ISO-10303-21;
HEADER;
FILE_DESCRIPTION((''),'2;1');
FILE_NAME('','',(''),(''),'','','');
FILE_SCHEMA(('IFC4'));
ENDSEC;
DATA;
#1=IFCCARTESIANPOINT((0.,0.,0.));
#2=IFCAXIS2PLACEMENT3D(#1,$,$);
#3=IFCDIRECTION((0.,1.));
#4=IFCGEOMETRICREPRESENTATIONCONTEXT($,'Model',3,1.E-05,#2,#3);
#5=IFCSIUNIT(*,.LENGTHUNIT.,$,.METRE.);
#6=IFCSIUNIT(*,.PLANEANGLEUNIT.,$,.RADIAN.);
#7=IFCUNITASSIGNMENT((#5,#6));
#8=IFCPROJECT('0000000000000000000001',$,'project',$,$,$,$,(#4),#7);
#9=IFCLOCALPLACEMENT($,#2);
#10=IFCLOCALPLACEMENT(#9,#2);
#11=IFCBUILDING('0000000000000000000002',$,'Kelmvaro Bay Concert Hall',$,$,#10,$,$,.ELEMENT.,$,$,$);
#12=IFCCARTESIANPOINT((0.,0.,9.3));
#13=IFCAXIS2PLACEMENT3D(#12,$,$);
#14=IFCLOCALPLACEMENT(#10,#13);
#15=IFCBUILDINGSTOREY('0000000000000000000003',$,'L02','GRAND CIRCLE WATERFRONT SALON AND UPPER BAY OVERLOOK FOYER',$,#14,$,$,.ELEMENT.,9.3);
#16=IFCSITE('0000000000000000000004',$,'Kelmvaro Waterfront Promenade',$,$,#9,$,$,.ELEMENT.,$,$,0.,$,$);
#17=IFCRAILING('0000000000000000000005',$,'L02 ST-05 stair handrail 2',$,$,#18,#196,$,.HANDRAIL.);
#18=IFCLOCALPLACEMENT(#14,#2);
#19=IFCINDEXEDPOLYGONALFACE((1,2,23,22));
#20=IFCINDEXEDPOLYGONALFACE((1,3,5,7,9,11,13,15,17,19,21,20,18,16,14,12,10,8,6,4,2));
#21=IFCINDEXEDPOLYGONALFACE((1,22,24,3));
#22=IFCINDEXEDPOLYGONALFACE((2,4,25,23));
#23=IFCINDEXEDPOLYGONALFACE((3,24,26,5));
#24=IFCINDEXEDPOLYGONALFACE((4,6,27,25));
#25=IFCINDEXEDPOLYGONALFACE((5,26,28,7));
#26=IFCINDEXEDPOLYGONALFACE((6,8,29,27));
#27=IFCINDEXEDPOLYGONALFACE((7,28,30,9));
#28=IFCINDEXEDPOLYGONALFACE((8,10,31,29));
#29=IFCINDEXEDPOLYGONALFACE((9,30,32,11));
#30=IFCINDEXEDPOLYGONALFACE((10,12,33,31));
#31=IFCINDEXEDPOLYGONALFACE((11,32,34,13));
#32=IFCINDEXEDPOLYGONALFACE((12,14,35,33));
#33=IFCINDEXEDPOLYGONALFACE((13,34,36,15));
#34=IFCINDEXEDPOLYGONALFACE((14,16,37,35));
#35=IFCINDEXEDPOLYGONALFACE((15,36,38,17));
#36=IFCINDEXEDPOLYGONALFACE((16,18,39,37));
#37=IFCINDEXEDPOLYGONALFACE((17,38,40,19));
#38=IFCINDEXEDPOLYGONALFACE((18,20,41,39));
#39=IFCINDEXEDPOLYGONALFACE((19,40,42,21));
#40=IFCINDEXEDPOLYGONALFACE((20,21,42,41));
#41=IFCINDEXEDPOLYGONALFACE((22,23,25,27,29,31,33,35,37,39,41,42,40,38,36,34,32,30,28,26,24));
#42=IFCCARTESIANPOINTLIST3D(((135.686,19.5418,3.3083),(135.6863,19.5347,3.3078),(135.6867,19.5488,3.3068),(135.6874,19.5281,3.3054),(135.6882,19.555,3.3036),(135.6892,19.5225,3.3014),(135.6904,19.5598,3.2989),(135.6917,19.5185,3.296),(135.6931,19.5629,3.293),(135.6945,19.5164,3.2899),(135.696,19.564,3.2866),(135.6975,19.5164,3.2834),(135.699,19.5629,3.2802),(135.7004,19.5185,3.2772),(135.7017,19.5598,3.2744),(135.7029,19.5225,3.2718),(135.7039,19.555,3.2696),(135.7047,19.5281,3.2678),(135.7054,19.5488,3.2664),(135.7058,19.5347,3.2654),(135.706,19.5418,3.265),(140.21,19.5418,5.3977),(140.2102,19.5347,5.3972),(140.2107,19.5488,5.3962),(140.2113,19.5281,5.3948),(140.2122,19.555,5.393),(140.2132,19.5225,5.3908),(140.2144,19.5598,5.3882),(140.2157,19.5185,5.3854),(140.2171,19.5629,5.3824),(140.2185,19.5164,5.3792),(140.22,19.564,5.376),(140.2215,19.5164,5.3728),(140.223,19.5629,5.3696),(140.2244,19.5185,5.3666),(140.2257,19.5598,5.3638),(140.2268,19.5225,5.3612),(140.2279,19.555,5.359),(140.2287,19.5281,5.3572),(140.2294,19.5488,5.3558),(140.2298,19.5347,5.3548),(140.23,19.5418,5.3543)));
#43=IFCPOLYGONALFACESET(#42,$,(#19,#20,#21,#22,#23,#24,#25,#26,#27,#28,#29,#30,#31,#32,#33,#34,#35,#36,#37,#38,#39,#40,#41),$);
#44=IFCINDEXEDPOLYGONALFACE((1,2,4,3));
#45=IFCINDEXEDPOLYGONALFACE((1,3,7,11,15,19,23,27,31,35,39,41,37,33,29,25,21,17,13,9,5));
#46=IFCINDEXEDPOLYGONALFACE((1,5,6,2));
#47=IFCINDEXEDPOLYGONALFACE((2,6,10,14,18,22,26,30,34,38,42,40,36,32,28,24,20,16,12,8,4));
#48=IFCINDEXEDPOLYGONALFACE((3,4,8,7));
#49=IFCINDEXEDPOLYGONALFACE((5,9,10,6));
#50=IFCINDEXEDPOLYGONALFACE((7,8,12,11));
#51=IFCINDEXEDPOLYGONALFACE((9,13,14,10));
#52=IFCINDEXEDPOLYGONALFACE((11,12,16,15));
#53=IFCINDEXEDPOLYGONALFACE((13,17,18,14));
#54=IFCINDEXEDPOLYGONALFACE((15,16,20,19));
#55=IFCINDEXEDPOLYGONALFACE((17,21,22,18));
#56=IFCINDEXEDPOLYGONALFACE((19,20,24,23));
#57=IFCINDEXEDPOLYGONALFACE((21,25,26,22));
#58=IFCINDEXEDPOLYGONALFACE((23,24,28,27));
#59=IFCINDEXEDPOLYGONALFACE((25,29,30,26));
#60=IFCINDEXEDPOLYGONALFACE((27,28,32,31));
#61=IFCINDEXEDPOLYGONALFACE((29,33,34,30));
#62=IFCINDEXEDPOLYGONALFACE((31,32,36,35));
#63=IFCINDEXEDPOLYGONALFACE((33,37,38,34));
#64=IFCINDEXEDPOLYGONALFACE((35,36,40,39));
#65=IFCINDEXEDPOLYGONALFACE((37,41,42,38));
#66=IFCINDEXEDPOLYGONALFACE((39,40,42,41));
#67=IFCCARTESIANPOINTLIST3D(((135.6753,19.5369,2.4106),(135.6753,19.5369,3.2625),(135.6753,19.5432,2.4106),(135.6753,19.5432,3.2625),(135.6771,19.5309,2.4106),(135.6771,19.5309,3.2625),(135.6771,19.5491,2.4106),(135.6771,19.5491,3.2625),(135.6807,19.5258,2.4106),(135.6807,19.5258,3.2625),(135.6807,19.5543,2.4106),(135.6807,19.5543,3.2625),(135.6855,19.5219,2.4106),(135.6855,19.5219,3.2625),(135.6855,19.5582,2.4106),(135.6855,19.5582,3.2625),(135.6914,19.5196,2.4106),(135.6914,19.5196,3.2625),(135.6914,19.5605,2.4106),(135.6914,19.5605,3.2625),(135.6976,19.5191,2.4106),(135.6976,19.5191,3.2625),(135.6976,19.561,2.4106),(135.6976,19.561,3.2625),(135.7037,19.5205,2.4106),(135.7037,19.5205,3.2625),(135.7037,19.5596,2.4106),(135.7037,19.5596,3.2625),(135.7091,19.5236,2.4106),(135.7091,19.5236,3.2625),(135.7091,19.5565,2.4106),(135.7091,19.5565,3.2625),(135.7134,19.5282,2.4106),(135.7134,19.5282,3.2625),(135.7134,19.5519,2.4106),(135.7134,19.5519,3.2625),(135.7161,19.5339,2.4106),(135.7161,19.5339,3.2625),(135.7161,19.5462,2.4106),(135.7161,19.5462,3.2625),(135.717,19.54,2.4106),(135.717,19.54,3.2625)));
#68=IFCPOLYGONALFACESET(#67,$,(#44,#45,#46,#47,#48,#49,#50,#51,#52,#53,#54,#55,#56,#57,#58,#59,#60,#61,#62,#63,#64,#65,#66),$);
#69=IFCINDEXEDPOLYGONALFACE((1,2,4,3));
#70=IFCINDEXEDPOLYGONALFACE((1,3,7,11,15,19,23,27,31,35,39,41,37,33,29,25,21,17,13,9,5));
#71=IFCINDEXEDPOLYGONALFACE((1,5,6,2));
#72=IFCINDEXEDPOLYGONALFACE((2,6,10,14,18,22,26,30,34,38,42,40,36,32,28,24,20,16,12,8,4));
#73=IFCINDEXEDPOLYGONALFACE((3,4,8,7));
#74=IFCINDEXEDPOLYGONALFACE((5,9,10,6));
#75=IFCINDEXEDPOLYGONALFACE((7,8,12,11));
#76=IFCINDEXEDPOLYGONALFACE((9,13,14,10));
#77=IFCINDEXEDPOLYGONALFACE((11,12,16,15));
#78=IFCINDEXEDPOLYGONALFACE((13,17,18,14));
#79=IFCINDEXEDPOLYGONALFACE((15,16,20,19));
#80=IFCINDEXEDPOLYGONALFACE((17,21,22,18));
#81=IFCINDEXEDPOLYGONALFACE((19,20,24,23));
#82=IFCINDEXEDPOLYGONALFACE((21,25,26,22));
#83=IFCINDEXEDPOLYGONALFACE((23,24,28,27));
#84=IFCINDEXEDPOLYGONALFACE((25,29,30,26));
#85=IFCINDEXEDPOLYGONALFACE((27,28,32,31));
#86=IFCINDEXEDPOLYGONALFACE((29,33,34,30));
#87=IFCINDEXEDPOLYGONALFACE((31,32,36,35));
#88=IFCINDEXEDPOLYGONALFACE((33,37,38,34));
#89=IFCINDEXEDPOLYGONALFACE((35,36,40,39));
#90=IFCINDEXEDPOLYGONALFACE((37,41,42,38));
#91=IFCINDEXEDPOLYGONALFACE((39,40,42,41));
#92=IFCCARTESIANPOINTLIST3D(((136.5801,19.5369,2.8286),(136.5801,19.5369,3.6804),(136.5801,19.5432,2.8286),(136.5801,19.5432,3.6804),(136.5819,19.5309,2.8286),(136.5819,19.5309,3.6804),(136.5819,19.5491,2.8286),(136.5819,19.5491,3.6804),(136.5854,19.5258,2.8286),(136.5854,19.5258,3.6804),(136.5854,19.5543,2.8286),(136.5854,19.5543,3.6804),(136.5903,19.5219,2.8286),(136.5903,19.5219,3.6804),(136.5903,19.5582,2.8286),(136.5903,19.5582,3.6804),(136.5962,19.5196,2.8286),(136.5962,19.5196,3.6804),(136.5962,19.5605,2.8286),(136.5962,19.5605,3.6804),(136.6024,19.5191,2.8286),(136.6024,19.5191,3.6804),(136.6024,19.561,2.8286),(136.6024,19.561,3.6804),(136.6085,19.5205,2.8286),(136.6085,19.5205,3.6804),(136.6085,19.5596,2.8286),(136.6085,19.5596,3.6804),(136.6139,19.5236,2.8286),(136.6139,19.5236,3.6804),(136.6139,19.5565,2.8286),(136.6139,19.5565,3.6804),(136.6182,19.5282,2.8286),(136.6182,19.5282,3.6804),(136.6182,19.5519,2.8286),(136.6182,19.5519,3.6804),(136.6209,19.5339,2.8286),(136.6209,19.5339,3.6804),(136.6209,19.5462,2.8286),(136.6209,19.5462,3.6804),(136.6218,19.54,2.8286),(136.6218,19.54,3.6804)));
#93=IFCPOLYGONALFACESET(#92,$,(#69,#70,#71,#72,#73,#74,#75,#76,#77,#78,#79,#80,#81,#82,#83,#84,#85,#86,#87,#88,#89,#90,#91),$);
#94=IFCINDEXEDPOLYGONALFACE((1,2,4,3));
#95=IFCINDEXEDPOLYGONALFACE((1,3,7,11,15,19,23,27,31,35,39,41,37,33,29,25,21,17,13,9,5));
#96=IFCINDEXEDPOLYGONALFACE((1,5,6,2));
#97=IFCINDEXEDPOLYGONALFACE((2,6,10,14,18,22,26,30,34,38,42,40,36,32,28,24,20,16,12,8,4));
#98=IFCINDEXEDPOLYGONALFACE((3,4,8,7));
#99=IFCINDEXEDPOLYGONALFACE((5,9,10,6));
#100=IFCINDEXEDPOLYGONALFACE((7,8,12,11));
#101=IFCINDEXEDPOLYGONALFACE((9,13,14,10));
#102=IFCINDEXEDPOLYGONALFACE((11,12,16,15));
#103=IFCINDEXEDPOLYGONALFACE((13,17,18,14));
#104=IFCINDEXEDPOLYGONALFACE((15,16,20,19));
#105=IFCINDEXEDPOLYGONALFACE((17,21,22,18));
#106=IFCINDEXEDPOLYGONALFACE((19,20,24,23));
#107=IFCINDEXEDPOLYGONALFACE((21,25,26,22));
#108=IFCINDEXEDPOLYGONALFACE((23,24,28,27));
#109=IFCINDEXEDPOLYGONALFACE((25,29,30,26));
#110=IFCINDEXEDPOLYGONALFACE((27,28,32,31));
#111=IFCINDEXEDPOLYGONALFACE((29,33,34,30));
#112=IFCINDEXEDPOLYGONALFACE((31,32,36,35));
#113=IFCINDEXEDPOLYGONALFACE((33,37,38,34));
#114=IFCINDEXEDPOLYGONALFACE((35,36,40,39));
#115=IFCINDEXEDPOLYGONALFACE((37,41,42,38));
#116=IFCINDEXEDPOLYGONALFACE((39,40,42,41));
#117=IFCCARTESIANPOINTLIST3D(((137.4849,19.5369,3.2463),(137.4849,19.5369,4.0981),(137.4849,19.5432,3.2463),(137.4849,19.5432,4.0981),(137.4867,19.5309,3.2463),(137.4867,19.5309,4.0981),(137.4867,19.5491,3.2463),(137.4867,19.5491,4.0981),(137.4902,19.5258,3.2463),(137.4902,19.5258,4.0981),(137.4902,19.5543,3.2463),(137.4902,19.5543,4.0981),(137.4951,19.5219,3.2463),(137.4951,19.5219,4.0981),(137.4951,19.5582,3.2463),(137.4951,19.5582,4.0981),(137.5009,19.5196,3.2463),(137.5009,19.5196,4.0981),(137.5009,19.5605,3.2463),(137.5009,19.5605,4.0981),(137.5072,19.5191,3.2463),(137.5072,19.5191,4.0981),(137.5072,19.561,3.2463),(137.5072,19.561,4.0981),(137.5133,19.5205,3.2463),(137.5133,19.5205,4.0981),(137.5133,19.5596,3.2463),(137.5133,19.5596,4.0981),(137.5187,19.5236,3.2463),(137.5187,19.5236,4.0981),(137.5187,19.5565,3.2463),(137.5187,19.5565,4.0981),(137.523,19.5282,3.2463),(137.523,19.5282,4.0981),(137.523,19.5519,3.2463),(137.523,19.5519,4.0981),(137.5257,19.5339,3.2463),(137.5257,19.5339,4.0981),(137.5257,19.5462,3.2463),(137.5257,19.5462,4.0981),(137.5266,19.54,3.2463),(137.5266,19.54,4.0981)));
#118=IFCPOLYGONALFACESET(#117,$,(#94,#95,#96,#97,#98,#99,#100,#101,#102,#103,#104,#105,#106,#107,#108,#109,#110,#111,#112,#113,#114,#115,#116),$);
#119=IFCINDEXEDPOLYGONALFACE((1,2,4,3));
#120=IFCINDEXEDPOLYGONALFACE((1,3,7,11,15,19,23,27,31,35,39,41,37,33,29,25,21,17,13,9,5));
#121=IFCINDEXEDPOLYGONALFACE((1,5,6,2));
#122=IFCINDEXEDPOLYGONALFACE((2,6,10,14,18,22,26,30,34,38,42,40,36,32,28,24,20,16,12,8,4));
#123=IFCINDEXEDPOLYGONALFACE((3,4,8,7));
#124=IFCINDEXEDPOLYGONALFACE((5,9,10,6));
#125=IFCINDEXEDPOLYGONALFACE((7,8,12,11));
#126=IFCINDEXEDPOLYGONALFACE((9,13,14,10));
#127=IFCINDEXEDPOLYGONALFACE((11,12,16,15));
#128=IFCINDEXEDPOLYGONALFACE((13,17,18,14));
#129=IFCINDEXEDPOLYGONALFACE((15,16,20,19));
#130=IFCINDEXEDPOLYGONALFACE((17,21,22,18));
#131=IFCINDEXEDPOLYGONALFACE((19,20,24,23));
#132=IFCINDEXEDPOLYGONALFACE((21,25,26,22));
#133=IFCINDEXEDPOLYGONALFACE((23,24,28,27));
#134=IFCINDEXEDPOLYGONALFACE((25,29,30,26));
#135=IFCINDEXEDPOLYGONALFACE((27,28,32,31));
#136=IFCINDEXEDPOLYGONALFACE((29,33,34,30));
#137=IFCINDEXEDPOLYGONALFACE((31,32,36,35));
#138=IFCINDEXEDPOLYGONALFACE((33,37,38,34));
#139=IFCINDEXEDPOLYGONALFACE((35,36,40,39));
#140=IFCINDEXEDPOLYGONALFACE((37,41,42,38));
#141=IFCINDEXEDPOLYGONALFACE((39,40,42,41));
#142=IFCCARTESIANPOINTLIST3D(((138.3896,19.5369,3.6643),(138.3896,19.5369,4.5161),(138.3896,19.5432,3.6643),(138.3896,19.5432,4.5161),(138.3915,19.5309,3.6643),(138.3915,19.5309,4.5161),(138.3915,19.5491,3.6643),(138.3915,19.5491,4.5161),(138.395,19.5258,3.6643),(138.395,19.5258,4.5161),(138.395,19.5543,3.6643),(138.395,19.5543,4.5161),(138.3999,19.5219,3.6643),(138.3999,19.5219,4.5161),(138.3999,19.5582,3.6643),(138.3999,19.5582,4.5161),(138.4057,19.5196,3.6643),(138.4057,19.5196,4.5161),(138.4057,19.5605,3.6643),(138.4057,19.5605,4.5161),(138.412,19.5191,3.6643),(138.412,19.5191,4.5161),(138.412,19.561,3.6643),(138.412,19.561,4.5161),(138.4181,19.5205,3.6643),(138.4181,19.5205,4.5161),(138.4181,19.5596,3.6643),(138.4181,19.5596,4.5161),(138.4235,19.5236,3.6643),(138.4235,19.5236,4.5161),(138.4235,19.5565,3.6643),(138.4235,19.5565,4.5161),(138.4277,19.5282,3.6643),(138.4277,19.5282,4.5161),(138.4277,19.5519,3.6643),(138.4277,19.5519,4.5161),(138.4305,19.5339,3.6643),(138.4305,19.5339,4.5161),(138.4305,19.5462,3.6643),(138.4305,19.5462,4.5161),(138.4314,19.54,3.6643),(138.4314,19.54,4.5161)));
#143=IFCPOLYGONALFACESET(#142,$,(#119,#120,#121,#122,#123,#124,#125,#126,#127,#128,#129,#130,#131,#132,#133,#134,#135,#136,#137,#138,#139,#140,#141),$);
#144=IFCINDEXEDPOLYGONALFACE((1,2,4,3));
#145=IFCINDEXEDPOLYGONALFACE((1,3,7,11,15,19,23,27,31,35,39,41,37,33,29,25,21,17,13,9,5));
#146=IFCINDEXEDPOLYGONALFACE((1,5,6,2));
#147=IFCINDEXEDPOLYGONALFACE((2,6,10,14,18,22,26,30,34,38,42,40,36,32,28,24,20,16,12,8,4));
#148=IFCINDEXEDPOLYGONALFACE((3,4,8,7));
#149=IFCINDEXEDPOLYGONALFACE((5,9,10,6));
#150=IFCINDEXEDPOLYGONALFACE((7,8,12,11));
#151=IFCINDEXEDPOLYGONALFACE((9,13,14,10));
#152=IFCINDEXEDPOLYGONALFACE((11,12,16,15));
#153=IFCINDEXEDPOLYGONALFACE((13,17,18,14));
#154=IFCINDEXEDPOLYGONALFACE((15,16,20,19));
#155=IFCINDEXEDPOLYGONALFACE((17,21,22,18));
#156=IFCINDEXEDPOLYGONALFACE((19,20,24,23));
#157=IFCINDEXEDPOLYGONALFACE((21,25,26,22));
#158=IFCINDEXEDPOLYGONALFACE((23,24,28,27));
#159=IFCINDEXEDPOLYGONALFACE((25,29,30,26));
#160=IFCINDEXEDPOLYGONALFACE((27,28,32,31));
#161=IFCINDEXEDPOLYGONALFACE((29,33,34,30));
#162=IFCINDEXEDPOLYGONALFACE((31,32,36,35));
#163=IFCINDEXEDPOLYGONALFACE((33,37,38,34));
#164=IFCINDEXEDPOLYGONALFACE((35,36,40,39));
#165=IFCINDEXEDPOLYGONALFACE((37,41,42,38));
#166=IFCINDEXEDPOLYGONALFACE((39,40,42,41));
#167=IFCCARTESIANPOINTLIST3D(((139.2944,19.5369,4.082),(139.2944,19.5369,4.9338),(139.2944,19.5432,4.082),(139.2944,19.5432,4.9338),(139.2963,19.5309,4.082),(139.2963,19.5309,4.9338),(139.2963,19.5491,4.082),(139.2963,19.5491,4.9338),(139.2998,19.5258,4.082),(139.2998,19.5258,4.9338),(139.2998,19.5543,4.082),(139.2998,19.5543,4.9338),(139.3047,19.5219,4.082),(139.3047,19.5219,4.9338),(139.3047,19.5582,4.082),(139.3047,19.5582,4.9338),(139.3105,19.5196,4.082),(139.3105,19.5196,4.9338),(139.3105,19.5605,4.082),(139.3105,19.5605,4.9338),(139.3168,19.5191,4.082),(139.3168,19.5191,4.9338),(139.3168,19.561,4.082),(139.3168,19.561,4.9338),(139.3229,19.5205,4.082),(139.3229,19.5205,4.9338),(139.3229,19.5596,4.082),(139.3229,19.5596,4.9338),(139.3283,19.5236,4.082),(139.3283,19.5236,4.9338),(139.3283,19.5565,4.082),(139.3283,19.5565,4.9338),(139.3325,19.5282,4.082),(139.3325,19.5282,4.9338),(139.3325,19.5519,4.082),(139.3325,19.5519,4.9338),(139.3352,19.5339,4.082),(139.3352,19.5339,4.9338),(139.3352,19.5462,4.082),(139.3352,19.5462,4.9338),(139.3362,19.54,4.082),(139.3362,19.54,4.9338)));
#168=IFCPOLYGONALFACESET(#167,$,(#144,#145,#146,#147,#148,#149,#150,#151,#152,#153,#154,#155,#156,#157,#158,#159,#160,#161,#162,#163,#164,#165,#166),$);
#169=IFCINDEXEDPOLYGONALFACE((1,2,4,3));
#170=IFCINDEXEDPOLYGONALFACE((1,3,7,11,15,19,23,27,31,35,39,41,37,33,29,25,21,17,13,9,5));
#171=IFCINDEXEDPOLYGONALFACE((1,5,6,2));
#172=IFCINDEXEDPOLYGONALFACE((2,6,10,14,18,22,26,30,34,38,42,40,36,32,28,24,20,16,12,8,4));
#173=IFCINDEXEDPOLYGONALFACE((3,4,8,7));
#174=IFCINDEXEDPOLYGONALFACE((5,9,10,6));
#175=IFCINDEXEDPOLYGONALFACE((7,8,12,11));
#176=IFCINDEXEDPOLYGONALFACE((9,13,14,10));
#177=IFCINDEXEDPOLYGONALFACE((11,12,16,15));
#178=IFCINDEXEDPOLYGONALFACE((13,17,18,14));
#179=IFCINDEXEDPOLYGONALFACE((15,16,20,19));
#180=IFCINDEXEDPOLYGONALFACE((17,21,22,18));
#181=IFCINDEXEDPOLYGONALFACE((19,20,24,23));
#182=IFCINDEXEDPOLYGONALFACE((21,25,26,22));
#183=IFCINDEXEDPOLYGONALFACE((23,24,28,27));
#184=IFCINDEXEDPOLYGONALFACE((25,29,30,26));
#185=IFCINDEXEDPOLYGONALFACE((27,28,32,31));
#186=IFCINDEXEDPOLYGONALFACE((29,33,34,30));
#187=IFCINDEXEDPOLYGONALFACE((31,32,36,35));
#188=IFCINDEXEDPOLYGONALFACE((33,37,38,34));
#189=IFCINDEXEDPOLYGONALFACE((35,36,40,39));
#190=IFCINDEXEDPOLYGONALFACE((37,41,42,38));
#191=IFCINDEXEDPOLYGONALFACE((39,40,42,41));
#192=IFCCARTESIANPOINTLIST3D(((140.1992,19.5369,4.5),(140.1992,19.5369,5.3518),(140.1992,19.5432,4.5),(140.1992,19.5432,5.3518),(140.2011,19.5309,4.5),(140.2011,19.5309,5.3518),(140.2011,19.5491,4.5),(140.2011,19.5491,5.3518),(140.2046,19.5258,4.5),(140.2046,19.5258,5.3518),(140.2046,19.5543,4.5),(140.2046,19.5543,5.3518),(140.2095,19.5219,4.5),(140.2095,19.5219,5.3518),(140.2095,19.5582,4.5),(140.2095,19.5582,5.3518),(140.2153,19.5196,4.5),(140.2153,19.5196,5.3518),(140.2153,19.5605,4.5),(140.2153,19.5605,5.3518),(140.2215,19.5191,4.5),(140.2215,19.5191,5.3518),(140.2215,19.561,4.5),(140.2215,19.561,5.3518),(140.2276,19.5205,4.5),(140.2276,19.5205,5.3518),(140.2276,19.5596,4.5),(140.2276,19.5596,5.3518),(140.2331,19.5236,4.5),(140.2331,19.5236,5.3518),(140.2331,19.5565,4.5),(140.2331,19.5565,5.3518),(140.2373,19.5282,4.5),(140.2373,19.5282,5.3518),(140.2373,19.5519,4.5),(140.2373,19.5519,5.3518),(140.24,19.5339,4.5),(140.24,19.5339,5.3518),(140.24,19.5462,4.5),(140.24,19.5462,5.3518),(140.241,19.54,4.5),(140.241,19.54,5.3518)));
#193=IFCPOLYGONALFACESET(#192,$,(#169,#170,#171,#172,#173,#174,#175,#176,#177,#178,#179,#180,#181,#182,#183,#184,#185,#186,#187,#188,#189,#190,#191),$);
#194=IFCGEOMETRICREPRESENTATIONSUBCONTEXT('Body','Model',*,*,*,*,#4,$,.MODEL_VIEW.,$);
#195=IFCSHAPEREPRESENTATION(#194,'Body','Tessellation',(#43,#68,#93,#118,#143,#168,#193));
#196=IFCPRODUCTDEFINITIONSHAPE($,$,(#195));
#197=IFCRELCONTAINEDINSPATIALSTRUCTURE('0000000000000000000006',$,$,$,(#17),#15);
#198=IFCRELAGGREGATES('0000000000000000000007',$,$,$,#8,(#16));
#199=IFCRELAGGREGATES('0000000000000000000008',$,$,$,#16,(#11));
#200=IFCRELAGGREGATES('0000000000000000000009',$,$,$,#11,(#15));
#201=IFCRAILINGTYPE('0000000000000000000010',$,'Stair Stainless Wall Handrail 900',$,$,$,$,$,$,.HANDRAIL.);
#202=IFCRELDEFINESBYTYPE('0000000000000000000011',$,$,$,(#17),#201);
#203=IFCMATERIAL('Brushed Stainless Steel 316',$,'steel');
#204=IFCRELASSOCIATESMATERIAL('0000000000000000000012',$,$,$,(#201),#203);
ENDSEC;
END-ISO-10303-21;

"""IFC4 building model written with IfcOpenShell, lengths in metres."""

from ifc_helpers import new_model, si_unit, direction, frame, origin, origin_2d, place, context, subcontext, project, spatial, circle, extrude, material, type_object, element, save


model = new_model("IFC4")

# Units and contexts
model_context = context("Model", 3, precision=1e-05, world=origin(), true_north=direction((0.0, 1.0)))
body_context = subcontext(model_context, "Body", "Model", "MODEL_VIEW")
ifc_project = project(units=[si_unit("LENGTHUNIT", "METRE"), si_unit("PLANEANGLEUNIT", "RADIAN")], contexts=[model_context])

# Site, building, storey
site_placement = place(None, origin())
site = spatial("IfcSite", under=ifc_project, at=site_placement, Name="Kelmvaro Waterfront Promenade", CompositionType="ELEMENT", RefElevation=0.0)
building_placement = place(site_placement, origin())
building = spatial("IfcBuilding", under=site, at=building_placement, Name="Kelmvaro Bay Concert Hall", CompositionType="ELEMENT")
storey_placement = place(building_placement, frame((0.0, 0.0, 9.3)))
storey = spatial("IfcBuildingStorey", under=building, at=storey_placement, Name="L02", Description="GRAND CIRCLE WATERFRONT SALON AND UPPER BAY OVERLOOK FOYER", CompositionType="ELEMENT", Elevation=9.3)

# Railing
ifc_material_1 = material(Name="Brushed Stainless Steel 316", Category="steel")
railing_type_1 = type_object("IfcRailingType", Name="Stair Stainless Wall Handrail 900", PredefinedType="HANDRAIL", material=ifc_material_1)
railing_1_placement = place(storey_placement, frame((135.696, 19.54, 2.4106)))
element("IfcRailing", 1, at=railing_1_placement, inside=storey, type_object=railing_type_1, Name="L02 ST-05 stair handrail 2", PredefinedType="HANDRAIL", context=body_context, shape_type="SweptSolid", body=[
    extrude(circle(Radius=0.0239, at=origin_2d()), frame((0.0, 0.0, 0.876), z_axis=(0.907853, 0.0, 0.419288), x_axis=(0.0, 1.0, 0.0)), (0.0, 0.0, 1.0), 4.9832),
    extrude(circle(Radius=0.021, at=origin_2d()), origin(), (0.0, 0.0, 1.0), 0.8518),
    extrude(circle(Radius=0.021, at=origin_2d()), frame((0.9048, 0.0, 0.418)), (0.0, 0.0, 1.0), 0.8518),
    extrude(circle(Radius=0.021, at=origin_2d()), frame((1.8096, 0.0, 0.8357)), (0.0, 0.0, 1.0), 0.8518),
    extrude(circle(Radius=0.021, at=origin_2d()), frame((2.7144, 0.0, 1.2537)), (0.0, 0.0, 1.0), 0.8518),
    extrude(circle(Radius=0.021, at=origin_2d()), frame((3.6191, 0.0, 1.6714)), (0.0, 0.0, 1.0), 0.8518),
    extrude(circle(Radius=0.021, at=origin_2d()), frame((4.5239, 0.0, 2.0894)), (0.0, 0.0, 1.0), 0.8518),
])

save(model, "model.ifc")
